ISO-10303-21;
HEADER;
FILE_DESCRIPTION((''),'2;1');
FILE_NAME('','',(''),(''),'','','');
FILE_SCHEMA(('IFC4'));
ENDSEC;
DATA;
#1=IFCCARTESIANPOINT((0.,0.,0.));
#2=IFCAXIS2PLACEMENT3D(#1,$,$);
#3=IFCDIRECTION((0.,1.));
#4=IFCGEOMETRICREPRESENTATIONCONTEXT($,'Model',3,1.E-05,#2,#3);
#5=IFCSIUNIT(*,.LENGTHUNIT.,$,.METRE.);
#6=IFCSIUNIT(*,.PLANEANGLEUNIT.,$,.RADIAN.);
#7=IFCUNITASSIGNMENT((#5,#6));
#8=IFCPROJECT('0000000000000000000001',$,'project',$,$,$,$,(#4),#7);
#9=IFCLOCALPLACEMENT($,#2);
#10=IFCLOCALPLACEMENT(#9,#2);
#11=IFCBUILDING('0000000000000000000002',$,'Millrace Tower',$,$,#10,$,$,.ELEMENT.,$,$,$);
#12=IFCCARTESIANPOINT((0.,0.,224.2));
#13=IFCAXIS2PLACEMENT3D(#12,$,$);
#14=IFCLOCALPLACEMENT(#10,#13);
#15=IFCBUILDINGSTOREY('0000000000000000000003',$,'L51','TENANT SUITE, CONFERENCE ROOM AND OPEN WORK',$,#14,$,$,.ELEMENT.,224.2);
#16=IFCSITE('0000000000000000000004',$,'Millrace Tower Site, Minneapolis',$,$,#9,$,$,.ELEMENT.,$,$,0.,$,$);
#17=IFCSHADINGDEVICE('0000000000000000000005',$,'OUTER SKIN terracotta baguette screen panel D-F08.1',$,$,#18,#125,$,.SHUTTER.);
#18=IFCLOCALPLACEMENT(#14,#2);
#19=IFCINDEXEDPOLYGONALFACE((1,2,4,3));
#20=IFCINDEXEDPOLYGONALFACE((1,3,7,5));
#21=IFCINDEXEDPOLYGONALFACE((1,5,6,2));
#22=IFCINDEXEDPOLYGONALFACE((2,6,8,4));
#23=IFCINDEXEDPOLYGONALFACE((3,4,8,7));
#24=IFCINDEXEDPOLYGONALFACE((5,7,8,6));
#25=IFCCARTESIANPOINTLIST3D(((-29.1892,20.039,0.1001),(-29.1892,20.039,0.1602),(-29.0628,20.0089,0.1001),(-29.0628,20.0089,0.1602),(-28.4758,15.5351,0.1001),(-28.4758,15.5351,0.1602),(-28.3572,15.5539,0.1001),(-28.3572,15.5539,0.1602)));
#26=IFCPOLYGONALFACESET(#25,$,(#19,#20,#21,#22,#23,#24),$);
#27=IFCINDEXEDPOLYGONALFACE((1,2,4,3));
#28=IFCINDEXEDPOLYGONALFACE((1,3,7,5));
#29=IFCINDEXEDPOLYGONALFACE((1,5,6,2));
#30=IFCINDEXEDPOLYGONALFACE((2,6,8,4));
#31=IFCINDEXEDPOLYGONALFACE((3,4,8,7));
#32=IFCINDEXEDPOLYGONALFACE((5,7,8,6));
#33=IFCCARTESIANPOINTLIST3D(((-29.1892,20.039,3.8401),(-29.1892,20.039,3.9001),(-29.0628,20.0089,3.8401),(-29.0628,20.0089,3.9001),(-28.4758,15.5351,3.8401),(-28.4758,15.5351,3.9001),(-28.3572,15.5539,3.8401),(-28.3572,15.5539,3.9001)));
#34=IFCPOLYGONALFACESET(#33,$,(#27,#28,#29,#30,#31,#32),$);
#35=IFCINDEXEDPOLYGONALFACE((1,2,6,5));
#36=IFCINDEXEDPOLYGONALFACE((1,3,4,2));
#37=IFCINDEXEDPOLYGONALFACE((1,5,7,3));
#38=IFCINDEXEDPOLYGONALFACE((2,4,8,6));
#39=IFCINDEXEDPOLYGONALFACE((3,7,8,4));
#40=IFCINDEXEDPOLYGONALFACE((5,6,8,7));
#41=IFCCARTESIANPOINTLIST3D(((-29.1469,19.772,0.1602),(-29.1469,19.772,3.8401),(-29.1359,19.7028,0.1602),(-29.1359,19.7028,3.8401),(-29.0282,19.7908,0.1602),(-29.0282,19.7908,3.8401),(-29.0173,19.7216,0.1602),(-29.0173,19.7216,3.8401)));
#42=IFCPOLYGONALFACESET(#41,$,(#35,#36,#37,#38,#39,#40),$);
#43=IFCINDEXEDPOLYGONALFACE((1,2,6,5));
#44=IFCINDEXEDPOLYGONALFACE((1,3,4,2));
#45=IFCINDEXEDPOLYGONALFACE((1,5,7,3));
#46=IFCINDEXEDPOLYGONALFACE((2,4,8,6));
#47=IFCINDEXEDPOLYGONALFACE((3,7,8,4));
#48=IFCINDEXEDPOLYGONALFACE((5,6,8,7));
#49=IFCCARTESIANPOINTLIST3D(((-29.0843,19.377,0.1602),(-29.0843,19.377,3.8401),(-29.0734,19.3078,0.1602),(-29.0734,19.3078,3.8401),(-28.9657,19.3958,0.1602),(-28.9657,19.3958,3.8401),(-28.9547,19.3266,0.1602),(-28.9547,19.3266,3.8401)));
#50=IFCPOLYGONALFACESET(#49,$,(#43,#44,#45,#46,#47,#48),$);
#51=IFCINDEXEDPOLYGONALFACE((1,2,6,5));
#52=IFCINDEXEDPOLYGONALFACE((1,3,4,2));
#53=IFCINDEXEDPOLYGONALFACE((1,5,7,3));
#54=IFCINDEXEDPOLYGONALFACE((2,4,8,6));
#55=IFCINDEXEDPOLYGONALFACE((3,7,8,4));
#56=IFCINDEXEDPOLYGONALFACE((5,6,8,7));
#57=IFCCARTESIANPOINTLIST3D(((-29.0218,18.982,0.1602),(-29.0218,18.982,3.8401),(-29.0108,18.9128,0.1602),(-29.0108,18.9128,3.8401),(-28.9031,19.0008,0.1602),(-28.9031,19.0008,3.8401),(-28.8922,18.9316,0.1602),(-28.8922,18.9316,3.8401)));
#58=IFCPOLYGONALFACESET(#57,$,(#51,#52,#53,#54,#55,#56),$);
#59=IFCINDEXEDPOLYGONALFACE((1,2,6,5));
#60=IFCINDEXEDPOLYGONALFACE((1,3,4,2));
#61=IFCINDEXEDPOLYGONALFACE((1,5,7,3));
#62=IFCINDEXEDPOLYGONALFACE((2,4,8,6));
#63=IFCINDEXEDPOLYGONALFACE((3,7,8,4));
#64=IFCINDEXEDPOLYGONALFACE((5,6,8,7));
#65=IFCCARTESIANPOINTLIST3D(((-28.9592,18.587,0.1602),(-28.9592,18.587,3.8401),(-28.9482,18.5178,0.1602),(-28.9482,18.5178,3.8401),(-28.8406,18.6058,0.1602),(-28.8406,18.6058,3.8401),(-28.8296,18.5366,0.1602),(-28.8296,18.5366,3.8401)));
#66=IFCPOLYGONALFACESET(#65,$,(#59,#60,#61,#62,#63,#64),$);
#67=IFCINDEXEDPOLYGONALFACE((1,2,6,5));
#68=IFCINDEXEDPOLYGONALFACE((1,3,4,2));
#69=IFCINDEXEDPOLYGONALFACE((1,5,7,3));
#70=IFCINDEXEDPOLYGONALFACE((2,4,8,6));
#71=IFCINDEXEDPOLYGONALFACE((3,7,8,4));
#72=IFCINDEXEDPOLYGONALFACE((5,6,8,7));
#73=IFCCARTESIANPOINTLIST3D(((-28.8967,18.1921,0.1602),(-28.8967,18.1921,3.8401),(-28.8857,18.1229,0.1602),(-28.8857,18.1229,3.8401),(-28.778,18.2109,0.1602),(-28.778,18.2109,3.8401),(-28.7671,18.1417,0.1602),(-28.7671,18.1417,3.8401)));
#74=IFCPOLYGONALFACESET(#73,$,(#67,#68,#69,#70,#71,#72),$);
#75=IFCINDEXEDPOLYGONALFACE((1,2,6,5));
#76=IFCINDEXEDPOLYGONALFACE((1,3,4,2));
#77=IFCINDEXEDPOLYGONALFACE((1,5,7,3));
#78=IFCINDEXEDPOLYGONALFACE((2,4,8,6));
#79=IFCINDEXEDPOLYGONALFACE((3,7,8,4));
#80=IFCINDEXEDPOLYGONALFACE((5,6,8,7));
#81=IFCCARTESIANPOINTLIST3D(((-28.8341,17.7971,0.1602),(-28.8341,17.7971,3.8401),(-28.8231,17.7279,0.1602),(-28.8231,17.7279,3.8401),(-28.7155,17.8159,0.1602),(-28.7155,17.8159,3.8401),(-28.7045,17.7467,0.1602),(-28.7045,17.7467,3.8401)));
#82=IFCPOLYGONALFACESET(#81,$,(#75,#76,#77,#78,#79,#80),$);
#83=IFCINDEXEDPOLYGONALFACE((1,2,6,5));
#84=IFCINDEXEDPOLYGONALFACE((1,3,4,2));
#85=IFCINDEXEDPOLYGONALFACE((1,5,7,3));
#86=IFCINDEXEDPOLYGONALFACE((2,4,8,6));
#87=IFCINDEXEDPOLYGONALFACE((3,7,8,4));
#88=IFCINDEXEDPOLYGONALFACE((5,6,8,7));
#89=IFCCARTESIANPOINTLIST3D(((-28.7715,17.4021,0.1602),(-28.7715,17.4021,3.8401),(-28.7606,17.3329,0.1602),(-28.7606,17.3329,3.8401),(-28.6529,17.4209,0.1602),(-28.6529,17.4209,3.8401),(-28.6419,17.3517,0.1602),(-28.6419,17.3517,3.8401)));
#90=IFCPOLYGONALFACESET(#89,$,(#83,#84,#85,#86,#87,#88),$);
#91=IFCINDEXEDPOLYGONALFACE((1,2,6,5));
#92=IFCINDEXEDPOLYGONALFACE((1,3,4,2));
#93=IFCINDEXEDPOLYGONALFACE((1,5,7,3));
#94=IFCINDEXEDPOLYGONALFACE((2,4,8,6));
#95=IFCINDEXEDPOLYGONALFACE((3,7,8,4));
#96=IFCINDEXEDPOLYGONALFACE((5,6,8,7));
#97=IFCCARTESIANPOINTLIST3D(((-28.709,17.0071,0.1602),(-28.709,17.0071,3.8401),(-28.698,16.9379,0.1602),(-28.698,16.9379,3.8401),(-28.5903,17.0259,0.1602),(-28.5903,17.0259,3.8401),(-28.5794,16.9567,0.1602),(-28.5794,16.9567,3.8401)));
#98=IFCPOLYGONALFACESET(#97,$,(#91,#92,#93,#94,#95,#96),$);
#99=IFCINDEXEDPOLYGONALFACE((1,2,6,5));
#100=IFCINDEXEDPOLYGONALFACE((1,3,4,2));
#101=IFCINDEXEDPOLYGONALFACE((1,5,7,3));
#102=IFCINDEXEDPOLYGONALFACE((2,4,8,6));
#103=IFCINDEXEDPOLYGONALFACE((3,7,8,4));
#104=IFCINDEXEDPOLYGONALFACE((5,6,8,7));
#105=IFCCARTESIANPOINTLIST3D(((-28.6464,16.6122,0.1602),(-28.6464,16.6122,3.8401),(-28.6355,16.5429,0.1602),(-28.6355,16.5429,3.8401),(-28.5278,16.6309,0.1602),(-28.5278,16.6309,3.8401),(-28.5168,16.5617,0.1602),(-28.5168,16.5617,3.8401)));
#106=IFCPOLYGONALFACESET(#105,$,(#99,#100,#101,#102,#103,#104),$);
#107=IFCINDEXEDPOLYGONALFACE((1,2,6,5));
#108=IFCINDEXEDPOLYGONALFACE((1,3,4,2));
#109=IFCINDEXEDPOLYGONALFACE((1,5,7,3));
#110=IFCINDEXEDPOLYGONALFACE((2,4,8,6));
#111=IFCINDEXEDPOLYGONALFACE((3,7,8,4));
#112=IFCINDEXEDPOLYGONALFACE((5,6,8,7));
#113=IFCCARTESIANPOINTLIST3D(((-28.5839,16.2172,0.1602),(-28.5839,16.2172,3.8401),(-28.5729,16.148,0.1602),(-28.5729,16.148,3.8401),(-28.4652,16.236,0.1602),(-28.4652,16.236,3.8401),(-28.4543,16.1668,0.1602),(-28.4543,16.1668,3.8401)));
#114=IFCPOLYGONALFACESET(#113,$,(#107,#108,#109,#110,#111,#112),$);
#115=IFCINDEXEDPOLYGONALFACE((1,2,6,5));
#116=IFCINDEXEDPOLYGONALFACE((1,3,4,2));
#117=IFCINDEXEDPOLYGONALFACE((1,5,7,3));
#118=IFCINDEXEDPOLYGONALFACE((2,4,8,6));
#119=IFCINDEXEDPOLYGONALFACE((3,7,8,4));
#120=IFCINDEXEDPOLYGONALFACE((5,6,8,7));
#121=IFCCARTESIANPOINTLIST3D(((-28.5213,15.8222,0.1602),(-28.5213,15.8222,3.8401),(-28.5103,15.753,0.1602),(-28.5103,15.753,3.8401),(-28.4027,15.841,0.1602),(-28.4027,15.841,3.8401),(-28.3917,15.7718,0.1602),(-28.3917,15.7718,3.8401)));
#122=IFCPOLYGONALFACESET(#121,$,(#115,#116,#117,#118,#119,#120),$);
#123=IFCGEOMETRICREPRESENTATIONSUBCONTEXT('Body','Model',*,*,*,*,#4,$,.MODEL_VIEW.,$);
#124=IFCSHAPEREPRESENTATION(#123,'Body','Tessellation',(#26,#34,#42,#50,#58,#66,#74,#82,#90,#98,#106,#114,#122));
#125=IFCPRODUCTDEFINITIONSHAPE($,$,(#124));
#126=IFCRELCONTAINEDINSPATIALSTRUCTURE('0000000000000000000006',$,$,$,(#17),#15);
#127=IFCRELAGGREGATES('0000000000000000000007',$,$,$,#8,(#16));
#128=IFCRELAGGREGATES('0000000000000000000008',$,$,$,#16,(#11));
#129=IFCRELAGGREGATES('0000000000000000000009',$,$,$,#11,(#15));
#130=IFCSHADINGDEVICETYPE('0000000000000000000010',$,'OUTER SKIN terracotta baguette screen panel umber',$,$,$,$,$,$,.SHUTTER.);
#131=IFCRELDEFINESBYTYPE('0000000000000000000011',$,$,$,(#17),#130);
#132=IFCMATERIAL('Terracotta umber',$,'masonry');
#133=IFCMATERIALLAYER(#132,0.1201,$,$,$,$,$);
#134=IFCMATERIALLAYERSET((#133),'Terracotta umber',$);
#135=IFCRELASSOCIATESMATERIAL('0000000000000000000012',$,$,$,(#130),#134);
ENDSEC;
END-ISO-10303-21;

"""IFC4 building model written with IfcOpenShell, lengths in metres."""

from ifc_helpers import new_model, entity, si_unit, direction, frame, frame_2d, origin, place, context, subcontext, project, spatial, rectangle, extrude, source, transform, mapped, material, layer, layer_set, type_object, element, save


model = new_model("IFC4")

# Units and contexts
model_context = context("Model", 3, precision=1e-05, world=origin(), true_north=direction((0.0, 1.0)))
body_context = subcontext(model_context, "Body", "Model", "MODEL_VIEW")
ifc_project = project(units=[si_unit("LENGTHUNIT", "METRE"), si_unit("PLANEANGLEUNIT", "RADIAN")], contexts=[model_context])

# Site, building, storey
site_placement = place(None, origin())
site = spatial("IfcSite", under=ifc_project, at=site_placement, Name="Millrace Tower Site, Minneapolis", CompositionType="ELEMENT", RefElevation=0.0)
building_placement = place(site_placement, origin())
building = spatial("IfcBuilding", under=site, at=building_placement, Name="Millrace Tower", CompositionType="ELEMENT")
storey_placement = place(building_placement, frame((0.0, 0.0, 224.2)))
storey = spatial("IfcBuildingStorey", under=building, at=storey_placement, Name="L51", Description="TENANT SUITE, CONFERENCE ROOM AND OPEN WORK", CompositionType="ELEMENT", Elevation=224.2)

# Shading device
ifc_material_1 = material(Name="Terracotta umber", Category="masonry")
ifc_layer_1 = layer(ifc_material_1, 0.1201)
ifc_layer_set_1 = layer_set([ifc_layer_1], Name="Terracotta umber")
shading_device_type = type_object("IfcShadingDeviceType", Name="OUTER SKIN terracotta baguette screen panel umber", PredefinedType="SHUTTER", material=ifc_layer_set_1)
cartesian_point_1 = entity("IfcCartesianPoint", [-2.2429, 0.0601])
shared_polyline_1 = entity("IfcPolyline", [cartesian_point_1, entity("IfcCartesianPoint", [2.2676, 0.0601]), entity("IfcCartesianPoint", [2.2676, -0.0601]), entity("IfcCartesianPoint", [-2.2925, -0.0601]), cartesian_point_1])
shared_shape_1 = source(origin(), body_context, "Body", "SweptSolid", [
    entity("IfcExtrudedAreaSolid", entity("IfcArbitraryClosedProfileDef", "AREA", None, shared_polyline_1), entity("IfcAxis2Placement3D", entity("IfcCartesianPoint", [0.0, 0.0, 0.0])), entity("IfcDirection", [0.0, 0.0, 1.0]), 0.0601),
    entity("IfcExtrudedAreaSolid", entity("IfcArbitraryClosedProfileDef", "AREA", None, shared_polyline_1), entity("IfcAxis2Placement3D", entity("IfcCartesianPoint", [0.0, 0.0, 3.74])), entity("IfcDirection", [0.0, 0.0, 1.0]), 0.0601),
    extrude(rectangle(XDim=0.0701, YDim=0.1201, at=frame_2d((-1.9871, 0.0))), frame((0.0, 0.0, 0.0601)), (0.0, 0.0, 1.0), 3.6799),
    extrude(rectangle(XDim=0.0701, YDim=0.1201, at=frame_2d((-1.5872, 0.0))), frame((0.0, 0.0, 0.0601)), (0.0, 0.0, 1.0), 3.6799),
    extrude(rectangle(XDim=0.0701, YDim=0.1201, at=frame_2d((-1.1873, 0.0))), frame((0.0, 0.0, 0.0601)), (0.0, 0.0, 1.0), 3.6799),
    extrude(rectangle(XDim=0.0701, YDim=0.1201, at=frame_2d((-0.7874, 0.0))), frame((0.0, 0.0, 0.0601)), (0.0, 0.0, 1.0), 3.6799),
    extrude(rectangle(XDim=0.0701, YDim=0.1201, at=frame_2d((-0.3875, 0.0))), frame((0.0, 0.0, 0.0601)), (0.0, 0.0, 1.0), 3.6799),
    extrude(rectangle(XDim=0.0701, YDim=0.1201, at=frame_2d((0.0125, 0.0))), frame((0.0, 0.0, 0.0601)), (0.0, 0.0, 1.0), 3.6799),
    extrude(rectangle(XDim=0.0701, YDim=0.1201, at=frame_2d((0.4124, 0.0))), frame((0.0, 0.0, 0.0601)), (0.0, 0.0, 1.0), 3.6799),
    extrude(rectangle(XDim=0.0701, YDim=0.1201, at=frame_2d((0.8123, 0.0))), frame((0.0, 0.0, 0.0601)), (0.0, 0.0, 1.0), 3.6799),
    extrude(rectangle(XDim=0.0701, YDim=0.1201, at=frame_2d((1.2122, 0.0))), frame((0.0, 0.0, 0.0601)), (0.0, 0.0, 1.0), 3.6799),
    extrude(rectangle(XDim=0.0701, YDim=0.1201, at=frame_2d((1.6121, 0.0))), frame((0.0, 0.0, 0.0601)), (0.0, 0.0, 1.0), 3.6799),
    extrude(rectangle(XDim=0.0701, YDim=0.1201, at=frame_2d((2.012, 0.0))), frame((0.0, 0.0, 0.0601)), (0.0, 0.0, 1.0), 3.6799),
])
shading_device_1_placement = place(storey_placement, frame((-28.7712, 17.7842, 0.1001), z_axis=(0.0, 0.0, 1.0), x_axis=(0.156434, -0.987688, 0.0)))
element("IfcShadingDevice", 1, at=shading_device_1_placement, inside=storey, type_object=shading_device_type, Name="OUTER SKIN terracotta baguette screen panel D-F08.1", PredefinedType="SHUTTER", context=body_context, shape_type="MappedRepresentation", body=[
    mapped(shared_shape_1, transform((0.0, 0.0, 0.0), scale=1.0)),
])

save(model, "model.ifc")
